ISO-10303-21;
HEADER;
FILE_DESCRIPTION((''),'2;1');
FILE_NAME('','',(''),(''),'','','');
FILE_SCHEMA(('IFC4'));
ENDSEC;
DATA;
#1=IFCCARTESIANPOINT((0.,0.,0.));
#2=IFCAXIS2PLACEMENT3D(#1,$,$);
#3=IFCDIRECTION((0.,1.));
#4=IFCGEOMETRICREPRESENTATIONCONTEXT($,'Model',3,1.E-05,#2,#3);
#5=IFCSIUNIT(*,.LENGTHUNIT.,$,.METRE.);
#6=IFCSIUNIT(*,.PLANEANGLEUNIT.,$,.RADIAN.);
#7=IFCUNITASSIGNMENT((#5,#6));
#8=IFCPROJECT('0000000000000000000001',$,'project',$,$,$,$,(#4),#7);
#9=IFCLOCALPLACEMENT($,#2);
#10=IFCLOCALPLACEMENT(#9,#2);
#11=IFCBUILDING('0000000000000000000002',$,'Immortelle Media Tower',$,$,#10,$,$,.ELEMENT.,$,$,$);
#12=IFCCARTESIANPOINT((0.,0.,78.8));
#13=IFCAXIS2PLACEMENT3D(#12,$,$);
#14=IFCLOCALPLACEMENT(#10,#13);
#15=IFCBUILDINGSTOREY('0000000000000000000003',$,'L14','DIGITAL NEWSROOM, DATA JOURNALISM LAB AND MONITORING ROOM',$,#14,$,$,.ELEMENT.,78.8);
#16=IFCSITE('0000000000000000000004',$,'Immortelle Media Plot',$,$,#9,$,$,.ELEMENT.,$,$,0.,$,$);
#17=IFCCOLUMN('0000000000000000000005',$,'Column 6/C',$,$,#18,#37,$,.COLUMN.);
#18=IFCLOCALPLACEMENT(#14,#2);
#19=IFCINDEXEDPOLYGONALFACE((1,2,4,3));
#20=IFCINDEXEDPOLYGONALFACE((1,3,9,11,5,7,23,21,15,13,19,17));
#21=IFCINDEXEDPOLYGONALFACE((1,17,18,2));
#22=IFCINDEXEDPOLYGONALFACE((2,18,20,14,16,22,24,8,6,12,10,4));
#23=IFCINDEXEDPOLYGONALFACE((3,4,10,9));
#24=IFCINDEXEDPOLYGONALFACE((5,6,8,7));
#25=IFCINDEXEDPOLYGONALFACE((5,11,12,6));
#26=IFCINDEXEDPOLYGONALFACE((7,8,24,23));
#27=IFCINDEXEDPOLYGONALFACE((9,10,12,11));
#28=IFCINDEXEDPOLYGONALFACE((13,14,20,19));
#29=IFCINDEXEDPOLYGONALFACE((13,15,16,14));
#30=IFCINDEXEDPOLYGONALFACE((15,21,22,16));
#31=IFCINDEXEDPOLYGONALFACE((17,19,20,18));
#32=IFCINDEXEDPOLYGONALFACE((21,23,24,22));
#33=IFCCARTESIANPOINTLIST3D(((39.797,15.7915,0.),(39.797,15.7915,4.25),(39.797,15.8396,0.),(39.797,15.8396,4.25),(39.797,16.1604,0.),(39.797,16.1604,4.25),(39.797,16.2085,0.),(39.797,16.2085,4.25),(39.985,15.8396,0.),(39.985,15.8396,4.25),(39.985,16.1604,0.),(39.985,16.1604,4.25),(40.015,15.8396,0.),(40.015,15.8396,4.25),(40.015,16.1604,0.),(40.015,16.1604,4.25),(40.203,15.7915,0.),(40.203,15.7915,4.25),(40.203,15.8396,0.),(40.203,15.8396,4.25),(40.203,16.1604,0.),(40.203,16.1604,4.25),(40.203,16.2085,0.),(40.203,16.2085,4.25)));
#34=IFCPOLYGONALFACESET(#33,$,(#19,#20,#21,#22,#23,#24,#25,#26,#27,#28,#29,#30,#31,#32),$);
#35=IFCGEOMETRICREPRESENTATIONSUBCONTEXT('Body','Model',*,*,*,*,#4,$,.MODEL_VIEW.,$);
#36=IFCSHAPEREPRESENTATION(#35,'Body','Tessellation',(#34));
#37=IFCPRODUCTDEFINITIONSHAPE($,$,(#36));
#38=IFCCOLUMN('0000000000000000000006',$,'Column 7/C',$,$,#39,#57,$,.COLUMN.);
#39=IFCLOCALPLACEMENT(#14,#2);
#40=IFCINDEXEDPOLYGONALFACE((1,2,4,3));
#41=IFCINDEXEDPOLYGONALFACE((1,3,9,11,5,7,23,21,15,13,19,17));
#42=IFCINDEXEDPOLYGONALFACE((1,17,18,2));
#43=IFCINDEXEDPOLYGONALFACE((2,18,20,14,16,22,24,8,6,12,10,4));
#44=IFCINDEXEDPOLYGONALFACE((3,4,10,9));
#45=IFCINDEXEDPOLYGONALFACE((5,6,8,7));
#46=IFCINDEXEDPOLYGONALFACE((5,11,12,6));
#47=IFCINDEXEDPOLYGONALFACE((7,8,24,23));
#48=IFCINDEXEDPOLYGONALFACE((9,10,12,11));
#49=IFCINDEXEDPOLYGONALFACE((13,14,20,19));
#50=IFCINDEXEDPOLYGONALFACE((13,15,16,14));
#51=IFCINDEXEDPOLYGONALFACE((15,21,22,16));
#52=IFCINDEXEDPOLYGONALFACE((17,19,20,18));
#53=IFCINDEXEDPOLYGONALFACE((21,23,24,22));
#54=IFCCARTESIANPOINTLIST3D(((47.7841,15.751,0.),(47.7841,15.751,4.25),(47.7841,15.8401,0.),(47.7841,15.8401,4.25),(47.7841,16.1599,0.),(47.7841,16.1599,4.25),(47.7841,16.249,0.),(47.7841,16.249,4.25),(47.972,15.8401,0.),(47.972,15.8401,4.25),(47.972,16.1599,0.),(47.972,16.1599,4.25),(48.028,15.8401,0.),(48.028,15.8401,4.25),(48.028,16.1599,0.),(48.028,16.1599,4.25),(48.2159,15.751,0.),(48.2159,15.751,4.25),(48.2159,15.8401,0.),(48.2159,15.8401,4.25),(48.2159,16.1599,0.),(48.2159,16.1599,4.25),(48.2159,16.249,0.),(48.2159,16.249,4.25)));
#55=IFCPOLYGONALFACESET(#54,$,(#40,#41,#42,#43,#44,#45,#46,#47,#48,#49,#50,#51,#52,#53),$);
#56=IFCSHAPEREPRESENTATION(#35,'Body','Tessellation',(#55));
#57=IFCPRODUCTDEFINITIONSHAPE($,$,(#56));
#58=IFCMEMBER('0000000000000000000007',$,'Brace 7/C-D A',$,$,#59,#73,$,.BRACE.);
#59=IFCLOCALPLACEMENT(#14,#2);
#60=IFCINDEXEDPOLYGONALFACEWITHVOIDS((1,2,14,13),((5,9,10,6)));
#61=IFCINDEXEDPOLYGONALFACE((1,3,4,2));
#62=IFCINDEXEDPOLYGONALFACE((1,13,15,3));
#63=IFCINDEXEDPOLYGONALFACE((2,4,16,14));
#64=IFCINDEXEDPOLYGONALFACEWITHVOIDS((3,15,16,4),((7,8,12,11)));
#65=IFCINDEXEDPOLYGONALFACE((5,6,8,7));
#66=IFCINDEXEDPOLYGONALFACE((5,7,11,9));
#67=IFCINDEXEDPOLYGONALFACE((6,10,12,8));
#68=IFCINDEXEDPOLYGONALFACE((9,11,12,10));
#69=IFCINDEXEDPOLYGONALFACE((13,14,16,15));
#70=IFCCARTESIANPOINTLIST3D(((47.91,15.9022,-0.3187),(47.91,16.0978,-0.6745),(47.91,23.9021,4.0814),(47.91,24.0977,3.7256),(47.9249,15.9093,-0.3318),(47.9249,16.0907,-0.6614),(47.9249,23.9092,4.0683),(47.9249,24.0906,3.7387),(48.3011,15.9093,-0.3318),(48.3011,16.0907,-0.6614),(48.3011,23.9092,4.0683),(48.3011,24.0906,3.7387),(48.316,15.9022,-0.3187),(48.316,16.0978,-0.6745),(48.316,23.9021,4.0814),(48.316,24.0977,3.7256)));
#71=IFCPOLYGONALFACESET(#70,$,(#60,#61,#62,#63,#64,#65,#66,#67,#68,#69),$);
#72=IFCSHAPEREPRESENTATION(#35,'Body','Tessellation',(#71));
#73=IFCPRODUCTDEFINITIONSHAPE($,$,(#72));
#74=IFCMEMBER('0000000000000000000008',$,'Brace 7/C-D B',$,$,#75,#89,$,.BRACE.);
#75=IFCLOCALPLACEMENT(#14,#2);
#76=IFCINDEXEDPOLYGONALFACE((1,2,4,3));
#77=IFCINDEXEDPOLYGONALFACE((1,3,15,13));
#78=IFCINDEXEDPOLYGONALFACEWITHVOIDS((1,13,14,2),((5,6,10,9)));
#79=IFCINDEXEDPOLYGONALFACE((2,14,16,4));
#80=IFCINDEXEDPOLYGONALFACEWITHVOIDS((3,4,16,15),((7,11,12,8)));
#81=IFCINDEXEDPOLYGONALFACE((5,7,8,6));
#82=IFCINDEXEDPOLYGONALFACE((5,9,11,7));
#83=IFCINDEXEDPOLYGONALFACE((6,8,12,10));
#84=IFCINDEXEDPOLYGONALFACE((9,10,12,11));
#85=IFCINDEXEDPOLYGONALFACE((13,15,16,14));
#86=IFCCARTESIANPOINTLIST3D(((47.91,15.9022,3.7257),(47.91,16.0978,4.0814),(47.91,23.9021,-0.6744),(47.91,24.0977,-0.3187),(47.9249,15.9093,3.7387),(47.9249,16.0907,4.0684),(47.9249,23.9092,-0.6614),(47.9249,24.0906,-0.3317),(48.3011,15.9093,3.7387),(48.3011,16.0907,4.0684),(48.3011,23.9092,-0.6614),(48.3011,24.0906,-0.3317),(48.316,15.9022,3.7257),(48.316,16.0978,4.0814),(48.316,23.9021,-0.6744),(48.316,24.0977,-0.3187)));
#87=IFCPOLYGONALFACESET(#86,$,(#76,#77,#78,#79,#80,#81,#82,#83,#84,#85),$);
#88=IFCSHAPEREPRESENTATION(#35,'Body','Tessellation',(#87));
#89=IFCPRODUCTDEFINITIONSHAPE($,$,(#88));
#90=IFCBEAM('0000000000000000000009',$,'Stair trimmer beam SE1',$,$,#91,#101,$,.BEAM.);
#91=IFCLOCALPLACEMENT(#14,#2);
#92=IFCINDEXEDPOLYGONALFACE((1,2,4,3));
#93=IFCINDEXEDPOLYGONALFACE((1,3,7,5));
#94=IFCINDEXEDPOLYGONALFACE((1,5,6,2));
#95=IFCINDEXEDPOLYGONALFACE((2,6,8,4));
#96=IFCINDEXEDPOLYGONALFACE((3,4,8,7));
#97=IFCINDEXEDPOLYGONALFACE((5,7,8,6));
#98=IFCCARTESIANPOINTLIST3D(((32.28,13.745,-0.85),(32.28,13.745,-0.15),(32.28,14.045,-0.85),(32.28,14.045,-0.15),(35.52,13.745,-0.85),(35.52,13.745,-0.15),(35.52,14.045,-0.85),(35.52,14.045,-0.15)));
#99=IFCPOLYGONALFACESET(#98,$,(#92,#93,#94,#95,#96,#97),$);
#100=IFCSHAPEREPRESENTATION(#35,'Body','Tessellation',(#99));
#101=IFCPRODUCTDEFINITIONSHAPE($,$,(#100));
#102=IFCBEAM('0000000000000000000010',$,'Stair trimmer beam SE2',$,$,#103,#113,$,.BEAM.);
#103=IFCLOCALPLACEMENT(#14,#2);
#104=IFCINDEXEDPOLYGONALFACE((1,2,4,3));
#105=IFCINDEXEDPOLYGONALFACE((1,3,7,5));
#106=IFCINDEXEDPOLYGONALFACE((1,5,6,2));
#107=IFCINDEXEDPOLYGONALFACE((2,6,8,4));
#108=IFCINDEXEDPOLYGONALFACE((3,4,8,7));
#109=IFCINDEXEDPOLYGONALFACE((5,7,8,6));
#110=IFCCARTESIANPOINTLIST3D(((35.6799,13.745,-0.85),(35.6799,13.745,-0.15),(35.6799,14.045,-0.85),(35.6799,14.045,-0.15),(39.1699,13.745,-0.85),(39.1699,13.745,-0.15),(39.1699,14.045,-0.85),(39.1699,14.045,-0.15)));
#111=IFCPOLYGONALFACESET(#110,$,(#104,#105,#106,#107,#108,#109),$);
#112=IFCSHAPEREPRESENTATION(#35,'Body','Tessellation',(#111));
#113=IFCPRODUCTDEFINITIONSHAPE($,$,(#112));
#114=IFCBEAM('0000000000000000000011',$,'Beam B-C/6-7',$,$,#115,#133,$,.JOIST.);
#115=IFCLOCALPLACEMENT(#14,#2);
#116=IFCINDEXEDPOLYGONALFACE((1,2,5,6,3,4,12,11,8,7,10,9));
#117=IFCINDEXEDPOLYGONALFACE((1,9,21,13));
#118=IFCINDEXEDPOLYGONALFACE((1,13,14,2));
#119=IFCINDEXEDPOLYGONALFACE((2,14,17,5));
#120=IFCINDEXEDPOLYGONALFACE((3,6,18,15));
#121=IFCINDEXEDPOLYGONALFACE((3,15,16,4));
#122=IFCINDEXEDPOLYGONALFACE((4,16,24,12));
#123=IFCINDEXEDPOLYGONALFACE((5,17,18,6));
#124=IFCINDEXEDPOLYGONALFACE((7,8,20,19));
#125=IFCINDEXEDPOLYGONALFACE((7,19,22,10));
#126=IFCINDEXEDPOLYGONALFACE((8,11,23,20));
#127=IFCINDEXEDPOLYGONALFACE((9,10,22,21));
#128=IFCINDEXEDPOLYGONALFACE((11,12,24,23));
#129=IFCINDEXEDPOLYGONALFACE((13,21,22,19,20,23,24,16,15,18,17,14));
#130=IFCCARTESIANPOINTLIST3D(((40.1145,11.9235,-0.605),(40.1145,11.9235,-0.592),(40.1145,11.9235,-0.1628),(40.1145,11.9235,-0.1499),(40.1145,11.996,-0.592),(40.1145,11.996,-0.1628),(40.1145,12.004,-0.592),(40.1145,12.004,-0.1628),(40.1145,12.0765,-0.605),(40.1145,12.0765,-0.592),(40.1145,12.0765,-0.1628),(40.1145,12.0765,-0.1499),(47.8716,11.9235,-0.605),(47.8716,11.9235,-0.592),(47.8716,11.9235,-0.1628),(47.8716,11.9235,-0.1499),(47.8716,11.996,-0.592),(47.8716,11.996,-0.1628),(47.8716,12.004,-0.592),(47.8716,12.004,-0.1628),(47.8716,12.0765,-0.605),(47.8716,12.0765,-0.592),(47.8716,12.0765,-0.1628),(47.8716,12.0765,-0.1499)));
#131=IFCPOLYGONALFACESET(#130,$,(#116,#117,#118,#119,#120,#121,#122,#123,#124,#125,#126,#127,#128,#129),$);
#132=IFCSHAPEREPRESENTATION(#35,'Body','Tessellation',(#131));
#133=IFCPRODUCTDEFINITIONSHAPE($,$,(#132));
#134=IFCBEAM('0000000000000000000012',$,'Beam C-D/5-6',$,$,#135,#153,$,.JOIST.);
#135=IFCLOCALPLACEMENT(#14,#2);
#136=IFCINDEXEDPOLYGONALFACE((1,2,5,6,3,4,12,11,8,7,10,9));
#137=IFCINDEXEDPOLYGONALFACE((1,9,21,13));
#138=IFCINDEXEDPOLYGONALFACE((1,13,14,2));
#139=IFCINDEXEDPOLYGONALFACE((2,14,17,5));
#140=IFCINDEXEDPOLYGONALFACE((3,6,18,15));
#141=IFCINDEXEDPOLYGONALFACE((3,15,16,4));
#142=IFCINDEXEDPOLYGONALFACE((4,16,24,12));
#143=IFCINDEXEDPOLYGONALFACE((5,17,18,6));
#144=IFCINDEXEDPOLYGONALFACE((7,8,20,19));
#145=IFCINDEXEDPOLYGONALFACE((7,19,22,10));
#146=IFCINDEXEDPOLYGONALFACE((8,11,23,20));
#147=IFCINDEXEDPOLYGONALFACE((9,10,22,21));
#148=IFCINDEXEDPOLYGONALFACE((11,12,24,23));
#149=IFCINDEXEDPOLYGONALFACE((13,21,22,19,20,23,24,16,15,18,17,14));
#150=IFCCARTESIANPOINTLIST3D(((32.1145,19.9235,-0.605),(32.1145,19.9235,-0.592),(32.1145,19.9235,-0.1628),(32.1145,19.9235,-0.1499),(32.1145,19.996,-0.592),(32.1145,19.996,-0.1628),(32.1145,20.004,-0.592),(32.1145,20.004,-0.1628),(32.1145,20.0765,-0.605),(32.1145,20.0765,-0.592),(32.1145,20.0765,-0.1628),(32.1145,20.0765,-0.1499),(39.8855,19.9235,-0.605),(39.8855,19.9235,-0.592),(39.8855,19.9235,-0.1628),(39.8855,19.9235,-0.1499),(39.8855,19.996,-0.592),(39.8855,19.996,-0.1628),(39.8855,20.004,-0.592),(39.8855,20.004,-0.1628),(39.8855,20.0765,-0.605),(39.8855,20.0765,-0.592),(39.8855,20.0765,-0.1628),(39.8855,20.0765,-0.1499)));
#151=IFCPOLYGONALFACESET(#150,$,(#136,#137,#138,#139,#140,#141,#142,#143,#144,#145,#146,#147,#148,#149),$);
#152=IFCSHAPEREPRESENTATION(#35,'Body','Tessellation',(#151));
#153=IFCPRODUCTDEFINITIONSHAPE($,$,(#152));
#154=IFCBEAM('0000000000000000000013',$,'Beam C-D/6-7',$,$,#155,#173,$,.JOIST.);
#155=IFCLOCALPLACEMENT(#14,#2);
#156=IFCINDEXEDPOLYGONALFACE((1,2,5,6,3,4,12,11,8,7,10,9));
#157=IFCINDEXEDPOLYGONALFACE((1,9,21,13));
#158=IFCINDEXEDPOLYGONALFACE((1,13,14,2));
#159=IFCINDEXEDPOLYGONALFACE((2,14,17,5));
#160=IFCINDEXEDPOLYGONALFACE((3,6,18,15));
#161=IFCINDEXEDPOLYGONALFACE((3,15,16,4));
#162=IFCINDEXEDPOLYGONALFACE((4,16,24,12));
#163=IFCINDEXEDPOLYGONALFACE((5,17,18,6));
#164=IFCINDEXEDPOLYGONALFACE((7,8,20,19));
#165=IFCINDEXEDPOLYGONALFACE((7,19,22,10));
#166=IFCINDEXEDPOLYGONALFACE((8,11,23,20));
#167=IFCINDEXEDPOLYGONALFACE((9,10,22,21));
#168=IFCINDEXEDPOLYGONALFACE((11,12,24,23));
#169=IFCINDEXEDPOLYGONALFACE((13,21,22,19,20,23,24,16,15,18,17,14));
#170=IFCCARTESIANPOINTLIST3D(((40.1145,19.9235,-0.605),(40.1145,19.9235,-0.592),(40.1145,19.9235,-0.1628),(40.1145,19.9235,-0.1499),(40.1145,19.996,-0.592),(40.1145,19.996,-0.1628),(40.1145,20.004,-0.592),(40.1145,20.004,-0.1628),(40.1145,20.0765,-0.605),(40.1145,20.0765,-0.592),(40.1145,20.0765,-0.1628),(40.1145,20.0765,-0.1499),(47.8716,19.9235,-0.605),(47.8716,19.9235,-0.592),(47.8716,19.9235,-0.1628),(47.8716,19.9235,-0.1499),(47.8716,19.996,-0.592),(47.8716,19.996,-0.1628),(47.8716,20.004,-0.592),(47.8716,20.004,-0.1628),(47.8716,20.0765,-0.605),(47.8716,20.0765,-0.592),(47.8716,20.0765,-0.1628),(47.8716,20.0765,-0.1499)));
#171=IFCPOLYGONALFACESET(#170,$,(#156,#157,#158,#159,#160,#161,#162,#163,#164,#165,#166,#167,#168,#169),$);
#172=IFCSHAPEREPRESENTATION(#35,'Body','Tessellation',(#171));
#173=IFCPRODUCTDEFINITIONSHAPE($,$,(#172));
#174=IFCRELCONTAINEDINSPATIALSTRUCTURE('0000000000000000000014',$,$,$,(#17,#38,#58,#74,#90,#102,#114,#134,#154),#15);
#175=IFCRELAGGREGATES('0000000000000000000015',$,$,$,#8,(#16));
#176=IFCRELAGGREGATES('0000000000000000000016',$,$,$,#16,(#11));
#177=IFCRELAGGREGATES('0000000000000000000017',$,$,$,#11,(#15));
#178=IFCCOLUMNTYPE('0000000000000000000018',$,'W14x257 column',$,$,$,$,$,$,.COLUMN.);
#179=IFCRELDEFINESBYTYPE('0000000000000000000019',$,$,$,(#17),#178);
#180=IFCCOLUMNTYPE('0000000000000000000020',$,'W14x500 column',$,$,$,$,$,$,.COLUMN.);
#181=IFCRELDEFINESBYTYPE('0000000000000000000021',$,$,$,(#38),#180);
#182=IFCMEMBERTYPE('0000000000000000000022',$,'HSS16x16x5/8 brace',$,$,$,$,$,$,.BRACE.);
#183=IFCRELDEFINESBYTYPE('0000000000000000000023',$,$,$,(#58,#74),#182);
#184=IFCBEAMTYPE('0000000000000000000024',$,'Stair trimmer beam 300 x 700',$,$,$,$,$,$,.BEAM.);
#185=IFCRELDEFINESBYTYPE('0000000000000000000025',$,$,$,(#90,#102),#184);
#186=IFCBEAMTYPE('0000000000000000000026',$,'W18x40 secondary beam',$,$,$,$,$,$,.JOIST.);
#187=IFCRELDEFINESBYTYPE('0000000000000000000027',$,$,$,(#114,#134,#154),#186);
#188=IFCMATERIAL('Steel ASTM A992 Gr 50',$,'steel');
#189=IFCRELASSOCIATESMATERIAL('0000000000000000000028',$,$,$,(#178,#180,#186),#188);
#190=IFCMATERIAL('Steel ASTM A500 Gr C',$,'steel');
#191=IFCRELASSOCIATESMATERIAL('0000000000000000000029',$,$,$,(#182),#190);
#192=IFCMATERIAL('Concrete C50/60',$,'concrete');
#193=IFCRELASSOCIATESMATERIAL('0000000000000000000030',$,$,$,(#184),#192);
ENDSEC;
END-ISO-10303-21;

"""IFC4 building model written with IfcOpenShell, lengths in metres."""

from ifc_helpers import new_model, si_unit, direction, frame, origin, origin_2d, place, context, subcontext, project, spatial, rectangle, hollow_rectangle, i_section, extrude, material, material_profile, profile_set, type_object, element, save


model = new_model("IFC4")

# Units and contexts
model_context = context("Model", 3, precision=1e-05, world=origin(), true_north=direction((0.0, 1.0)))
body_context = subcontext(model_context, "Body", "Model", "MODEL_VIEW")
ifc_project = project(units=[si_unit("LENGTHUNIT", "METRE"), si_unit("PLANEANGLEUNIT", "RADIAN")], contexts=[model_context])

# Site, building, storey
site_placement = place(None, origin())
site = spatial("IfcSite", under=ifc_project, at=site_placement, Name="Immortelle Media Plot", CompositionType="ELEMENT", RefElevation=0.0)
building_placement = place(site_placement, origin())
building = spatial("IfcBuilding", under=site, at=building_placement, Name="Immortelle Media Tower", CompositionType="ELEMENT")
storey_placement = place(building_placement, frame((0.0, 0.0, 78.8)))
storey = spatial("IfcBuildingStorey", under=building, at=storey_placement, Name="L14", Description="DIGITAL NEWSROOM, DATA JOURNALISM LAB AND MONITORING ROOM", CompositionType="ELEMENT", Elevation=78.8)

# Columns
ifc_material_1 = material(Name="Steel ASTM A992 Gr 50", Category="steel")
ifc_material_profile_1 = material_profile(ifc_material_1, i_section(OverallWidth=0.406, OverallDepth=0.417, WebThickness=0.03, FlangeThickness=0.0481, at=origin_2d()), Name="W14x257")
ifc_profile_set_1 = profile_set([ifc_material_profile_1], Name="Steel ASTM A992 Gr 50")
column_type_1 = type_object("IfcColumnType", Name="W14x257 column", PredefinedType="COLUMN", material=ifc_profile_set_1)
column_1_placement = place(storey_placement, frame((40.0, 16.0, 0.0), z_axis=(0.0, 0.0, 1.0), x_axis=(1.0, 0.0, 0.0)))
element("IfcColumn", 1, at=column_1_placement, inside=storey, type_object=column_type_1, Name="Column 6/C", PredefinedType="COLUMN", context=body_context, shape_type="SweptSolid", body=[
    extrude(i_section(OverallWidth=0.406, OverallDepth=0.417, WebThickness=0.03, FlangeThickness=0.0481, at=origin_2d()), origin(), (0.0, 0.0, 1.0), 4.25),
])
ifc_material_profile_2 = material_profile(ifc_material_1, i_section(OverallWidth=0.4319, OverallDepth=0.498, WebThickness=0.0559, FlangeThickness=0.0891, at=origin_2d()), Name="W14x500")
ifc_profile_set_2 = profile_set([ifc_material_profile_2], Name="Steel ASTM A992 Gr 50")
column_type_2 = type_object("IfcColumnType", Name="W14x500 column", PredefinedType="COLUMN", material=ifc_profile_set_2)
column_2_placement = place(storey_placement, frame((48.0, 16.0, 0.0), z_axis=(0.0, 0.0, 1.0), x_axis=(1.0, 0.0, 0.0)))
element("IfcColumn", 2, at=column_2_placement, inside=storey, type_object=column_type_2, Name="Column 7/C", PredefinedType="COLUMN", context=body_context, shape_type="SweptSolid", body=[
    extrude(i_section(OverallWidth=0.4319, OverallDepth=0.498, WebThickness=0.0559, FlangeThickness=0.0891, at=origin_2d()), origin(), (0.0, 0.0, 1.0), 4.25),
])

# Members
ifc_material_2 = material(Name="Steel ASTM A500 Gr C", Category="steel")
ifc_material_profile_3 = material_profile(ifc_material_2, hollow_rectangle(XDim=0.406, YDim=0.406, WallThickness=0.0149, at=origin_2d()), Name="HSS16x16x5/8 brace")
ifc_profile_set_3 = profile_set([ifc_material_profile_3], Name="Steel ASTM A500 Gr C")
member_type = type_object("IfcMemberType", Name="HSS16x16x5/8 brace", PredefinedType="BRACE", material=ifc_profile_set_3)
for number, where, z_axis, x_axis, name in (
    (3, (48.113, 16.0, -0.4966), (0.0, 0.876209, 0.481931), (-1.0, 0.0, 0.0), "Brace 7/C-D A"),
    (4, (48.113, 16.0, 3.9036), (0.0, 0.876209, -0.481931), (-1.0, 0.0, 0.0), "Brace 7/C-D B"),
):
    element("IfcMember", number, at=place(storey_placement, frame(where, z_axis=z_axis, x_axis=x_axis)), inside=storey, type_object=member_type, Name=name, PredefinedType="BRACE", context=body_context, shape_type="SweptSolid", body=[
        extrude(hollow_rectangle(XDim=0.406, YDim=0.406, WallThickness=0.0149, at=origin_2d()), origin(), (0.0, 0.0, 1.0), 9.1301),
    ])

# Beams
ifc_material_3 = material(Name="Concrete C50/60", Category="concrete")
ifc_material_profile_4 = material_profile(ifc_material_3, rectangle(XDim=0.3, YDim=0.7, at=origin_2d()), Name="RC 300x700")
ifc_profile_set_4 = profile_set([ifc_material_profile_4], Name="Concrete C50/60")
beam_type_1 = type_object("IfcBeamType", Name="Stair trimmer beam 300 x 700", PredefinedType="BEAM", material=ifc_profile_set_4)
beam_1_placement = place(storey_placement, frame((32.28, 13.895, -0.5), z_axis=(1.0, 0.0, 0.0), x_axis=(0.0, 1.0, 0.0)))
element("IfcBeam", 5, at=beam_1_placement, inside=storey, type_object=beam_type_1, Name="Stair trimmer beam SE1", PredefinedType="BEAM", context=body_context, shape_type="SweptSolid", body=[
    extrude(rectangle(XDim=0.3, YDim=0.7, at=origin_2d()), origin(), (0.0, 0.0, 1.0), 3.24),
])
beam_2_placement = place(storey_placement, frame((35.6799, 13.895, -0.5), z_axis=(1.0, 0.0, 0.0), x_axis=(0.0, 1.0, 0.0)))
element("IfcBeam", 6, at=beam_2_placement, inside=storey, type_object=beam_type_1, Name="Stair trimmer beam SE2", PredefinedType="BEAM", context=body_context, shape_type="SweptSolid", body=[
    extrude(rectangle(XDim=0.3, YDim=0.7, at=origin_2d()), origin(), (0.0, 0.0, 1.0), 3.49),
])
ifc_material_profile_5 = material_profile(ifc_material_1, i_section(OverallWidth=0.1531, OverallDepth=0.4551, WebThickness=0.0081, FlangeThickness=0.0129, at=origin_2d()), Name="W18x40")
ifc_profile_set_5 = profile_set([ifc_material_profile_5], Name="Steel ASTM A992 Gr 50")
beam_type_2 = type_object("IfcBeamType", Name="W18x40 secondary beam", PredefinedType="JOIST", material=ifc_profile_set_5)
beam_3_placement = place(storey_placement, frame((40.1145, 12.0, -0.3774), z_axis=(1.0, 0.0, 0.0), x_axis=(0.0, 1.0, 0.0)))
element("IfcBeam", 7, at=beam_3_placement, inside=storey, type_object=beam_type_2, Name="Beam B-C/6-7", PredefinedType="JOIST", context=body_context, shape_type="SweptSolid", body=[
    extrude(i_section(OverallWidth=0.1531, OverallDepth=0.4551, WebThickness=0.0081, FlangeThickness=0.0129, at=origin_2d()), origin(), (0.0, 0.0, 1.0), 7.7571),
])
beam_4_placement = place(storey_placement, frame((32.1145, 20.0, -0.3774), z_axis=(1.0, 0.0, 0.0), x_axis=(0.0, 1.0, 0.0)))
element("IfcBeam", 8, at=beam_4_placement, inside=storey, type_object=beam_type_2, Name="Beam C-D/5-6", PredefinedType="JOIST", context=body_context, shape_type="SweptSolid", body=[
    extrude(i_section(OverallWidth=0.1531, OverallDepth=0.4551, WebThickness=0.0081, FlangeThickness=0.0129, at=origin_2d()), origin(), (0.0, 0.0, 1.0), 7.771),
])
beam_5_placement = place(storey_placement, frame((40.1145, 20.0, -0.3774), z_axis=(1.0, 0.0, 0.0), x_axis=(0.0, 1.0, 0.0)))
element("IfcBeam", 9, at=beam_5_placement, inside=storey, type_object=beam_type_2, Name="Beam C-D/6-7", PredefinedType="JOIST", context=body_context, shape_type="SweptSolid", body=[
    extrude(i_section(OverallWidth=0.1531, OverallDepth=0.4551, WebThickness=0.0081, FlangeThickness=0.0129, at=origin_2d()), origin(), (0.0, 0.0, 1.0), 7.7571),
])

save(model, "model.ifc")
